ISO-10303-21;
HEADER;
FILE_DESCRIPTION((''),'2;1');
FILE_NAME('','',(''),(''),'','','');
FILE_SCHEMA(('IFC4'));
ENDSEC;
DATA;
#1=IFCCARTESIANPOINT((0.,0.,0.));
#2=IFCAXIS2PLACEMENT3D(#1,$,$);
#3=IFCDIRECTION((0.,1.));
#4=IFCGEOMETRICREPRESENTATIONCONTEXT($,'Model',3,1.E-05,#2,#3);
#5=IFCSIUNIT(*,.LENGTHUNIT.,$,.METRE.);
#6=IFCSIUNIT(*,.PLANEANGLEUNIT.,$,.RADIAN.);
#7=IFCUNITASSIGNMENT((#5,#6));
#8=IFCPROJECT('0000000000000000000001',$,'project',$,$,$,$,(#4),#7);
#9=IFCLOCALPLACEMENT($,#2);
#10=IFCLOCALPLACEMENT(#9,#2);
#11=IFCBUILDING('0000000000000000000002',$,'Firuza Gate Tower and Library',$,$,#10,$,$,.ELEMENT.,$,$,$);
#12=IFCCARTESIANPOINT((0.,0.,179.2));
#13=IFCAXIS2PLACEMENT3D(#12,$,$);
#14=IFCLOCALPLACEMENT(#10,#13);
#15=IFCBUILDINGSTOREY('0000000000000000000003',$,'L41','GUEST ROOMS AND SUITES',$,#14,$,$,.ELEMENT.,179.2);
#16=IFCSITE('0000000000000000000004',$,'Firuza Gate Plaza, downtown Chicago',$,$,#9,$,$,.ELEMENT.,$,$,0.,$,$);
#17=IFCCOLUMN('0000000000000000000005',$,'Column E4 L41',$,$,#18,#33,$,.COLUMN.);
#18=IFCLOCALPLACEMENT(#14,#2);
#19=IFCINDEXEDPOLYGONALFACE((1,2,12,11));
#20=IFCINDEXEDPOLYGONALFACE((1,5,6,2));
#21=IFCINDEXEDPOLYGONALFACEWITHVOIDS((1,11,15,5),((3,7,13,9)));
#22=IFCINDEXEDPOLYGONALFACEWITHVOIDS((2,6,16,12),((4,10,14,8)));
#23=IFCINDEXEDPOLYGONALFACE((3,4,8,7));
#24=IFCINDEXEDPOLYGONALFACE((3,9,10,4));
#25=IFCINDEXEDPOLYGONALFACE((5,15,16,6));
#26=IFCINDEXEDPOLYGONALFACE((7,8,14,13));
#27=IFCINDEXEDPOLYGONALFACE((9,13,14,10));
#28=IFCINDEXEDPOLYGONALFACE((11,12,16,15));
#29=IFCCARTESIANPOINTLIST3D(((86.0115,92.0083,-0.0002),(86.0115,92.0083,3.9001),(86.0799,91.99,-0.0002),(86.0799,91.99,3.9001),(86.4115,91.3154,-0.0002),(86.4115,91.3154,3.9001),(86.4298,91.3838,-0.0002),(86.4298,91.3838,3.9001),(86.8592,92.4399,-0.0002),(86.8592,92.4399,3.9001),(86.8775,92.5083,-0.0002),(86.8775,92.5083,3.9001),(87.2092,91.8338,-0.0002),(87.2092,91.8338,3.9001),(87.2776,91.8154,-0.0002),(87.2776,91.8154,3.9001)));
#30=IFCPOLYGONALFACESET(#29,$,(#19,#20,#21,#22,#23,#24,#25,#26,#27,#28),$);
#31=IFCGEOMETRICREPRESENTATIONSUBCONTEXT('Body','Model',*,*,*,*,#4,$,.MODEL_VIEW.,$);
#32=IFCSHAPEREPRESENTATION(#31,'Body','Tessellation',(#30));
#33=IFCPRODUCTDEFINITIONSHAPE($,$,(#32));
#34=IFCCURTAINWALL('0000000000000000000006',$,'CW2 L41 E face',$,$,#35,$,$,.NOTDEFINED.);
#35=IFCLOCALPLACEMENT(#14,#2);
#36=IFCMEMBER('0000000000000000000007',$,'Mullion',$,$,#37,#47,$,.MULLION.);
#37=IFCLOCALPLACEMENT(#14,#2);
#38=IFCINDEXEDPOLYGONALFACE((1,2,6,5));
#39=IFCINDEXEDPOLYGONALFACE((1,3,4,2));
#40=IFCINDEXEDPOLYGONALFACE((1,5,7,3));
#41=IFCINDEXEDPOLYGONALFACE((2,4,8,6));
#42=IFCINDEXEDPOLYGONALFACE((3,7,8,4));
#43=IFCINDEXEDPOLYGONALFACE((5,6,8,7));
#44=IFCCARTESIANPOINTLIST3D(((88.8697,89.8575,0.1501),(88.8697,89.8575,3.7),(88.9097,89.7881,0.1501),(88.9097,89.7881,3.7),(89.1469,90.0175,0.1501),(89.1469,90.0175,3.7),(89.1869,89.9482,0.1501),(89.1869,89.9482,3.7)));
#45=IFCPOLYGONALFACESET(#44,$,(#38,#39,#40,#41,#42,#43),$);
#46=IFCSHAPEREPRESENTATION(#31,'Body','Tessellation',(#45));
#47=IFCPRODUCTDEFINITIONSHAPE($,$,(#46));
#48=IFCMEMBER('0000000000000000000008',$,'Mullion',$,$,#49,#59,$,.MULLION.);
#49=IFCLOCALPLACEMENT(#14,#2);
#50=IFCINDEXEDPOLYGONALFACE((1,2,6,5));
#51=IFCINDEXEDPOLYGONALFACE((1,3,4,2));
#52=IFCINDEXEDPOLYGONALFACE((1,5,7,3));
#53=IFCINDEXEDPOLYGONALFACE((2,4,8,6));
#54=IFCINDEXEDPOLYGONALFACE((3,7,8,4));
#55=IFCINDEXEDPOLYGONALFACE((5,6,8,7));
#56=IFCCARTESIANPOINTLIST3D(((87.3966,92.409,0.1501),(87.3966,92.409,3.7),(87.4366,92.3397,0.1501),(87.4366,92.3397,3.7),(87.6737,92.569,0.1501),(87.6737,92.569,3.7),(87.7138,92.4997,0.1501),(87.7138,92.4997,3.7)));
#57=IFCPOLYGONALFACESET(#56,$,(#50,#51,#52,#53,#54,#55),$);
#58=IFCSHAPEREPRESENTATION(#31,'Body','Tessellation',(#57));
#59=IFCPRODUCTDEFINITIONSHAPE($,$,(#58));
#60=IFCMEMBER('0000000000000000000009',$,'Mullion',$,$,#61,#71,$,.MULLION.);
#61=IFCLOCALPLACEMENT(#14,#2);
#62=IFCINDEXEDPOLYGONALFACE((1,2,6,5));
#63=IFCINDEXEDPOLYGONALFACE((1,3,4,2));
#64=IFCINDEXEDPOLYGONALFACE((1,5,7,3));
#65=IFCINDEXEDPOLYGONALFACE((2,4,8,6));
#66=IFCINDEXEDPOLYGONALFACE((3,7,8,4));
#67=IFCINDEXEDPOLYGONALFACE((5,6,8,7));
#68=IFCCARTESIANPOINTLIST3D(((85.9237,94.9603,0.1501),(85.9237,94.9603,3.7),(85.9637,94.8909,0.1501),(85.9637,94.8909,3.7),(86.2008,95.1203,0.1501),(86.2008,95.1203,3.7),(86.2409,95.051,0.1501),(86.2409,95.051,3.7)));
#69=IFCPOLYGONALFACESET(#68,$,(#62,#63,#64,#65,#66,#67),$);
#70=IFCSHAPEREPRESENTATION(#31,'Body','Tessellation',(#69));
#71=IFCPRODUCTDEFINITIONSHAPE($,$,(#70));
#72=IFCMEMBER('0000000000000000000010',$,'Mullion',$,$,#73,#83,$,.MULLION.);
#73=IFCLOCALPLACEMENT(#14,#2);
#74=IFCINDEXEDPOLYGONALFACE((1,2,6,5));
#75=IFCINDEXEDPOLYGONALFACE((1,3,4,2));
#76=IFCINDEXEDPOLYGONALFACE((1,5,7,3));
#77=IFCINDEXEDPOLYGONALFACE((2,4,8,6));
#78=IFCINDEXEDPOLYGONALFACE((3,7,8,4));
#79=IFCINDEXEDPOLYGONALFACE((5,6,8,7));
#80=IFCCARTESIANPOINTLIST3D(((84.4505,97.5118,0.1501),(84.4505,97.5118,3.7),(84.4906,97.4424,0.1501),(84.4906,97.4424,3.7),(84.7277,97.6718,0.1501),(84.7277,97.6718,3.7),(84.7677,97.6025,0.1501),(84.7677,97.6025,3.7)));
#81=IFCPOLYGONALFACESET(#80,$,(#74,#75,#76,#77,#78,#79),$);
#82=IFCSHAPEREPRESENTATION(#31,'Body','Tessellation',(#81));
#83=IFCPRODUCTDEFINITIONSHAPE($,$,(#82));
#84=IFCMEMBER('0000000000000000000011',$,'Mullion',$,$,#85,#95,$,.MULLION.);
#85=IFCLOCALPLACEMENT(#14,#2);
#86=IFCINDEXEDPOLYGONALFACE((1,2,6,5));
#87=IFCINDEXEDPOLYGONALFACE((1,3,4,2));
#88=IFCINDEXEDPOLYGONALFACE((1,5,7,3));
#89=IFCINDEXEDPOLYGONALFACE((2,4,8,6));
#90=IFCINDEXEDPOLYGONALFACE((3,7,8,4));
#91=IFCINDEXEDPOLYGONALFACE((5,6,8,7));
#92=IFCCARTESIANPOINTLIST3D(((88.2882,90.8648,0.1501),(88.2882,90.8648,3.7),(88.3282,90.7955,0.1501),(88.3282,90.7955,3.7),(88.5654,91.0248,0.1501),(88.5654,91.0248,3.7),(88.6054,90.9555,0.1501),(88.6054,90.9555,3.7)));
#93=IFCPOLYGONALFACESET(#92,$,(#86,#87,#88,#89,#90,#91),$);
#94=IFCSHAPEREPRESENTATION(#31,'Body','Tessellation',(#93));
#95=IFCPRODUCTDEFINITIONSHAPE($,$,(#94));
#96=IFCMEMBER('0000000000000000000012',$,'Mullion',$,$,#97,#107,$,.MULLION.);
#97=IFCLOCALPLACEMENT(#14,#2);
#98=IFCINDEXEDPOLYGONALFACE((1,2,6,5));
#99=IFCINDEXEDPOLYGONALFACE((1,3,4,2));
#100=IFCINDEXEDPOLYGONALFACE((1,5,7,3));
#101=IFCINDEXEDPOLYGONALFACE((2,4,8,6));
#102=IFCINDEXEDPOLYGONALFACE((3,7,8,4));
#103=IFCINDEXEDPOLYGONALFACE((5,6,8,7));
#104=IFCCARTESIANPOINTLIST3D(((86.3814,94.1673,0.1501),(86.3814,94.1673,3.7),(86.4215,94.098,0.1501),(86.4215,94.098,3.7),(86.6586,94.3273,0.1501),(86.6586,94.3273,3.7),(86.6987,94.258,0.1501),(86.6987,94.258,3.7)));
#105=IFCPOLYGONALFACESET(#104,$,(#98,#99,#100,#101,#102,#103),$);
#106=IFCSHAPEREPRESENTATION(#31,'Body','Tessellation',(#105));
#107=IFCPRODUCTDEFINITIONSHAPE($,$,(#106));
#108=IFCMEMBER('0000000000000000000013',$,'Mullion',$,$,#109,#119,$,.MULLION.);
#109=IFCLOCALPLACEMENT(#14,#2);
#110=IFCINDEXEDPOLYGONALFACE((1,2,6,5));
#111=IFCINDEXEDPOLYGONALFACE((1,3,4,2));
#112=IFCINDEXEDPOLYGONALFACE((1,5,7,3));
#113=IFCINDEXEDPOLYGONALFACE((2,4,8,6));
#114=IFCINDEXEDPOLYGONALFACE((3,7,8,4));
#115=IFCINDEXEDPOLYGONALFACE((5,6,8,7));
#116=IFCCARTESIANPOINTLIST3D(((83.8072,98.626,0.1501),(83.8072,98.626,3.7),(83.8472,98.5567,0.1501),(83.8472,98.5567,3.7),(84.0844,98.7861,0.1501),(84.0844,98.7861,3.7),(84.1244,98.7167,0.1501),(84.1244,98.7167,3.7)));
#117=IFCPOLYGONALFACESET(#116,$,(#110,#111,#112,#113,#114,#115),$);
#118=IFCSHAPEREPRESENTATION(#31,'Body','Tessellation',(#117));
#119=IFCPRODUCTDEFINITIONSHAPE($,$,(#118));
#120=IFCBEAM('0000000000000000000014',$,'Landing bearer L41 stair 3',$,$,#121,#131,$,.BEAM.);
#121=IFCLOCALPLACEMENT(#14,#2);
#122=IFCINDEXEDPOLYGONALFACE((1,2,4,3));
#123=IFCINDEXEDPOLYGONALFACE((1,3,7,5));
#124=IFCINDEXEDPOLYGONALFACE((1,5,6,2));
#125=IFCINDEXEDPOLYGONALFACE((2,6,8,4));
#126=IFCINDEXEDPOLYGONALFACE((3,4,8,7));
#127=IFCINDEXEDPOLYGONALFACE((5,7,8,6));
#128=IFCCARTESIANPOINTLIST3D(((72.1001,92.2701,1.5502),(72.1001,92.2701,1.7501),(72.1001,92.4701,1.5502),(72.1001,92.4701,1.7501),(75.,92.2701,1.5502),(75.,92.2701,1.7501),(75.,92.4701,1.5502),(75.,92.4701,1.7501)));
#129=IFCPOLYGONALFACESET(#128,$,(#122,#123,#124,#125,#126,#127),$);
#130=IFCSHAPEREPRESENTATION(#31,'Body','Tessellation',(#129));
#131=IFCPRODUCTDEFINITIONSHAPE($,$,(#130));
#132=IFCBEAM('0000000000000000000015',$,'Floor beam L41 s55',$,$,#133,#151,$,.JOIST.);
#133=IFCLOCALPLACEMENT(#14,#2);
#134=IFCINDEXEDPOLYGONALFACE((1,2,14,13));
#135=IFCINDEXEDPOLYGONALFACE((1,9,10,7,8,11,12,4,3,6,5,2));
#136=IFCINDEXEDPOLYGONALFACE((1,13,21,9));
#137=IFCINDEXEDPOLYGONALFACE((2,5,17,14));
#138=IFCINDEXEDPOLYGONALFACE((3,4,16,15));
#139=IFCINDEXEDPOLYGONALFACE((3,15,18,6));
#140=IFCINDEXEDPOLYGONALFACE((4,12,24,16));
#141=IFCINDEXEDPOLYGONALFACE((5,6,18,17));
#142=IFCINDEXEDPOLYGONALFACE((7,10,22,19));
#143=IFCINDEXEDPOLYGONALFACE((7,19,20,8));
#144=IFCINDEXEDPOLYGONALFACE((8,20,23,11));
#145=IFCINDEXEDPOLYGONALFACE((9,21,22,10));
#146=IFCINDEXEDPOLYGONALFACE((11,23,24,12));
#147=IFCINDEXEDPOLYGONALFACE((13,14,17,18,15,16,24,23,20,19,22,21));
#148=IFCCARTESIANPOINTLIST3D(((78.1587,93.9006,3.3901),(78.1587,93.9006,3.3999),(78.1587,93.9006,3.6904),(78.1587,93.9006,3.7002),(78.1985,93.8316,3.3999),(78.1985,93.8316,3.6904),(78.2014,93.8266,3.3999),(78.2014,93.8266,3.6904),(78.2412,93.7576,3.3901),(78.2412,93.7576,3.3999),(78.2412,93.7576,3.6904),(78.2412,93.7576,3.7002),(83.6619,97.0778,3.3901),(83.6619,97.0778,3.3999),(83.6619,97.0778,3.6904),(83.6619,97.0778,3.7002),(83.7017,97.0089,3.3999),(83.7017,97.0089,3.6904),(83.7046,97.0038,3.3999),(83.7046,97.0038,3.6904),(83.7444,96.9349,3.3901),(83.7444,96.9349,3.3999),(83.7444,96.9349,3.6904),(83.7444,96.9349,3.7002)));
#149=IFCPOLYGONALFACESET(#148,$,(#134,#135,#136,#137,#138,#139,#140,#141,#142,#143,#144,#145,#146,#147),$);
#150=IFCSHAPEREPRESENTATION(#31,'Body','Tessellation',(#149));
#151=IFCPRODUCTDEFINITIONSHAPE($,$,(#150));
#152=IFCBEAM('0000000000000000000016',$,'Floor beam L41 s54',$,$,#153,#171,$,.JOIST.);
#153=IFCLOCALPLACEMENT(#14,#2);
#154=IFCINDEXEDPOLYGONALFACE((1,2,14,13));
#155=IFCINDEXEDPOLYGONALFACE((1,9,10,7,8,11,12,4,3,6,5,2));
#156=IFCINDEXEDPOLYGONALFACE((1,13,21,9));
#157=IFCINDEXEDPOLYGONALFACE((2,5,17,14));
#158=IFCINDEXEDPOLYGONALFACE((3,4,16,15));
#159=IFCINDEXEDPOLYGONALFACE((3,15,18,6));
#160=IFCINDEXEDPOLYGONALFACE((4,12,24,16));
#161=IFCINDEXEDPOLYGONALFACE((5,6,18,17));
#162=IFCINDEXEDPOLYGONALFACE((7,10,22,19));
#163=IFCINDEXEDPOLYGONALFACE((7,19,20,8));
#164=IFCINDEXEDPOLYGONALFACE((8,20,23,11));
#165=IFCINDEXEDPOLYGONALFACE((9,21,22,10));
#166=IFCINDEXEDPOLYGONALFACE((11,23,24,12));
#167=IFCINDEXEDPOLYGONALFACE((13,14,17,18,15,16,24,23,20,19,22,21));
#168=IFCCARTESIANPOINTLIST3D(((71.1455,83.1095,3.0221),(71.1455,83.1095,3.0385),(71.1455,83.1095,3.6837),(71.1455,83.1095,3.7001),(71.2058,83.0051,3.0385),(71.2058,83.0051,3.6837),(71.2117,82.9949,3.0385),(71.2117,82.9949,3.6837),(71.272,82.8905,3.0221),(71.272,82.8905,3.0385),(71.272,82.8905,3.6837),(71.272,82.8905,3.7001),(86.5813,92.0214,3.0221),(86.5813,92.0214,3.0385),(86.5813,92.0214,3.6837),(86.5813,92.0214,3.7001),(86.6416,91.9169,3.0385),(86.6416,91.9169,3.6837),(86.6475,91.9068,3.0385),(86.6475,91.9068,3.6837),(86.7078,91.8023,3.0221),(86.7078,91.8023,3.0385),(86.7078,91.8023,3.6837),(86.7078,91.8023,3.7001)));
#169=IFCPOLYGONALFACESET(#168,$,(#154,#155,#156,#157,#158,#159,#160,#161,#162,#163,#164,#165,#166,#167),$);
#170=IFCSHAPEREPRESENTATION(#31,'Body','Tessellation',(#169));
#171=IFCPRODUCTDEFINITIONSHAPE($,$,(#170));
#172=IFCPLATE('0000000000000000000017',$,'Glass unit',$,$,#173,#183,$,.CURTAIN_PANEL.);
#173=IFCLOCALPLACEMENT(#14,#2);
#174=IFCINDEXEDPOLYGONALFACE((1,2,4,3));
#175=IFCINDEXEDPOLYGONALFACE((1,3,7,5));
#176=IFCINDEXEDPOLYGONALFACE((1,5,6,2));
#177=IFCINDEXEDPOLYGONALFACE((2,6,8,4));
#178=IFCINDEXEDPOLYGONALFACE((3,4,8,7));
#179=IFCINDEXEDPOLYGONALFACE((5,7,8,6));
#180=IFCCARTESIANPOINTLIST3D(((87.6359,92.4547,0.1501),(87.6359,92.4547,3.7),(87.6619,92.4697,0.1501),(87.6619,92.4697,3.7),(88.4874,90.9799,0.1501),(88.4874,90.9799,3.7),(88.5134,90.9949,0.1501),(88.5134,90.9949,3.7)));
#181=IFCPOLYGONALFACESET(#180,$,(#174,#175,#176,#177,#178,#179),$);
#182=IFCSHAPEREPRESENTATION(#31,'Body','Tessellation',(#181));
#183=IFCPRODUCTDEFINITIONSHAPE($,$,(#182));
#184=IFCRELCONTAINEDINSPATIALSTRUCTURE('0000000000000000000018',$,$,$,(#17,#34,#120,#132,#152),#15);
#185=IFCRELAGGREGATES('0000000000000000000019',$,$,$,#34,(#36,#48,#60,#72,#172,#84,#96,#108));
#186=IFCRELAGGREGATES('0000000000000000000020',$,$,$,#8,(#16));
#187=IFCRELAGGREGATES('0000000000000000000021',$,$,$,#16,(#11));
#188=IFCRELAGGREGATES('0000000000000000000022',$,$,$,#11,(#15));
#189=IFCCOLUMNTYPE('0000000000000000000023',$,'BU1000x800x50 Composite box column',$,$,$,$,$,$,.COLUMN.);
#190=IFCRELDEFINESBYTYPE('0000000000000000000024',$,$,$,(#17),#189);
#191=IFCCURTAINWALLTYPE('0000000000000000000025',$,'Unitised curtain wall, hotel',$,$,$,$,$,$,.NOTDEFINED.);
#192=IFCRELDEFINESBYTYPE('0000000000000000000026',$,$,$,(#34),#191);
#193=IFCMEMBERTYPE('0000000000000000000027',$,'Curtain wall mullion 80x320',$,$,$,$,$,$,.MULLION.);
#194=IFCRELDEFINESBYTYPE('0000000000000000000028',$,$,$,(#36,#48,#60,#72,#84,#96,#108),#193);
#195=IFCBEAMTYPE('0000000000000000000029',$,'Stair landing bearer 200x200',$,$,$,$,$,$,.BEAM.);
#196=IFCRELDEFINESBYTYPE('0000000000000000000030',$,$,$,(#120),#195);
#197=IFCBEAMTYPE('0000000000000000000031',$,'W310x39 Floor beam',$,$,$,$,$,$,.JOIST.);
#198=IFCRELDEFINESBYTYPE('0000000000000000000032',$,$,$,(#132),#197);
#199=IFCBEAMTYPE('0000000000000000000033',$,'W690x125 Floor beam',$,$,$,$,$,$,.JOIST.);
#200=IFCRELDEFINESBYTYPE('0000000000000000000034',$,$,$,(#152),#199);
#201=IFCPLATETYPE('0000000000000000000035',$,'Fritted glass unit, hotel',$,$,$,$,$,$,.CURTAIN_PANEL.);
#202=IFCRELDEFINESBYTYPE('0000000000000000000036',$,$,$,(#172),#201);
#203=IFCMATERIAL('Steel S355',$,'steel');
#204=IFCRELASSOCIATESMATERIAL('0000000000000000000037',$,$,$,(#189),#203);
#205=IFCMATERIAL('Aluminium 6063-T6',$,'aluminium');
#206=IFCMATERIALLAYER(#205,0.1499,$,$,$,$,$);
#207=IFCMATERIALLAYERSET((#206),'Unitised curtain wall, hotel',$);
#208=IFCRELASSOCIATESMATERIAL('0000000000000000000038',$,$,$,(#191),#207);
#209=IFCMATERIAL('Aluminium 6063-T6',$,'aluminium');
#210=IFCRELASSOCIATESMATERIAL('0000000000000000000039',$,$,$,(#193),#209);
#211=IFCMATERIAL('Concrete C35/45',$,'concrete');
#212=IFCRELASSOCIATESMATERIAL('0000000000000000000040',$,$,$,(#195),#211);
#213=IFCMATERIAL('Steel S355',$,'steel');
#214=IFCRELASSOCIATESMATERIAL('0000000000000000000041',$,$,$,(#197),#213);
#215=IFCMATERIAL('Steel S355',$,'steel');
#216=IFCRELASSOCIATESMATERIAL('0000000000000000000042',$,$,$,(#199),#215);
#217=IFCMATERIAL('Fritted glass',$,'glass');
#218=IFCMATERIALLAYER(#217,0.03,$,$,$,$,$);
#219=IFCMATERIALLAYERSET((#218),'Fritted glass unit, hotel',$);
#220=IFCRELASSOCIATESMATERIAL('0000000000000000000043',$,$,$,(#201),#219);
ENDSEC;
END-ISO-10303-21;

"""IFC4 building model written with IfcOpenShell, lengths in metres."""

from ifc_helpers import new_model, si_unit, direction, frame, origin, origin_2d, place, context, subcontext, project, spatial, polyline, rectangle, hollow_rectangle, i_section, outline, extrude, material, layer, layer_set, material_profile, profile_set, type_object, element, aggregate, save


model = new_model("IFC4")

# Units and contexts
model_context = context("Model", 3, precision=1e-05, world=origin(), true_north=direction((0.0, 1.0)))
body_context = subcontext(model_context, "Body", "Model", "MODEL_VIEW")
ifc_project = project(units=[si_unit("LENGTHUNIT", "METRE"), si_unit("PLANEANGLEUNIT", "RADIAN")], contexts=[model_context])

# Site, building, storey
site_placement = place(None, origin())
site = spatial("IfcSite", under=ifc_project, at=site_placement, Name="Firuza Gate Plaza, downtown Chicago", CompositionType="ELEMENT", RefElevation=0.0)
building_placement = place(site_placement, origin())
building = spatial("IfcBuilding", under=site, at=building_placement, Name="Firuza Gate Tower and Library", CompositionType="ELEMENT")
storey_placement = place(building_placement, frame((0.0, 0.0, 179.2)))
storey = spatial("IfcBuildingStorey", under=building, at=storey_placement, Name="L41", Description="GUEST ROOMS AND SUITES", CompositionType="ELEMENT", Elevation=179.2)

# Column
ifc_material_1 = material(Name="Steel S355", Category="steel")
ifc_material_profile_1 = material_profile(ifc_material_1, hollow_rectangle(XDim=0.8, YDim=1.0, WallThickness=0.05, at=origin_2d()))
ifc_profile_set_1 = profile_set([ifc_material_profile_1], Name="Steel S355")
column_type = type_object("IfcColumnType", Name="BU1000x800x50 Composite box column", PredefinedType="COLUMN", material=ifc_profile_set_1)
column_placement = place(storey_placement, frame((86.6445, 91.9119, -0.0002), z_axis=(0.0, 0.0, 1.0), x_axis=(-0.5, 0.866025, 0.0)))
element("IfcColumn", 1, at=column_placement, inside=storey, type_object=column_type, Name="Column E4 L41", PredefinedType="COLUMN", context=body_context, shape_type="SweptSolid", body=[
    extrude(hollow_rectangle(XDim=0.8, YDim=1.0, WallThickness=0.05, at=origin_2d()), origin(), (0.0, 0.0, 1.0), 3.9004),
])

# Curtain wall, members
ifc_material_2 = material(Name="Aluminium 6063-T6", Category="aluminium")
ifc_layer_1 = layer(ifc_material_2, 0.1499)
ifc_layer_set_1 = layer_set([ifc_layer_1], Name="Unitised curtain wall, hotel")
curtain_wall_type = type_object("IfcCurtainWallType", Name="Unitised curtain wall, hotel", PredefinedType="NOTDEFINED", material=ifc_layer_set_1)
curtain_wall_placement = place(storey_placement, origin())
curtain_wall = element("IfcCurtainWall", 2, at=curtain_wall_placement, inside=storey, type_object=curtain_wall_type, Name="CW2 L41 E face", PredefinedType="NOTDEFINED")
ifc_material_3 = material(Name="Aluminium 6063-T6", Category="aluminium")
ifc_material_profile_2 = material_profile(ifc_material_3, rectangle(XDim=0.3201, YDim=0.0801, at=origin_2d()))
ifc_profile_set_2 = profile_set([ifc_material_profile_2], Name="Aluminium 6063-T6")
member_type = type_object("IfcMemberType", Name="Curtain wall mullion 80x320", PredefinedType="MULLION", material=ifc_profile_set_2)
member_1_placement = place(storey_placement, frame((89.0283, 89.9028, 0.1501), z_axis=(0.0, 0.0, 1.0), x_axis=(-0.866025, -0.5, 0.0)))
member_1 = element("IfcMember", 3, at=member_1_placement, type_object=member_type, Name="Mullion", PredefinedType="MULLION", context=body_context, shape_type="SweptSolid", body=[
    extrude(rectangle(XDim=0.3201, YDim=0.0801, at=origin_2d()), origin(), (0.0, 0.0, 1.0), 3.5498),
])
member_2_placement = place(storey_placement, frame((87.5552, 92.4543, 0.1501), z_axis=(0.0, 0.0, 1.0), x_axis=(-0.866025, -0.5, 0.0)))
member_2 = element("IfcMember", 4, at=member_2_placement, type_object=member_type, Name="Mullion", PredefinedType="MULLION", context=body_context, shape_type="SweptSolid", body=[
    extrude(rectangle(XDim=0.3201, YDim=0.0801, at=origin_2d()), origin(), (0.0, 0.0, 1.0), 3.5498),
])
member_3_placement = place(storey_placement, frame((86.0823, 95.0056, 0.1501), z_axis=(0.0, 0.0, 1.0), x_axis=(-0.866025, -0.5, 0.0)))
member_3 = element("IfcMember", 5, at=member_3_placement, type_object=member_type, Name="Mullion", PredefinedType="MULLION", context=body_context, shape_type="SweptSolid", body=[
    extrude(rectangle(XDim=0.3201, YDim=0.0801, at=origin_2d()), origin(), (0.0, 0.0, 1.0), 3.5498),
])
member_4_placement = place(storey_placement, frame((84.6091, 97.5571, 0.1501), z_axis=(0.0, 0.0, 1.0), x_axis=(-0.866025, -0.5, 0.0)))
member_4 = element("IfcMember", 6, at=member_4_placement, type_object=member_type, Name="Mullion", PredefinedType="MULLION", context=body_context, shape_type="SweptSolid", body=[
    extrude(rectangle(XDim=0.3201, YDim=0.0801, at=origin_2d()), origin(), (0.0, 0.0, 1.0), 3.5498),
])
member_5_placement = place(storey_placement, frame((88.4468, 90.9102, 0.1501), z_axis=(0.0, 0.0, 1.0), x_axis=(-0.866025, -0.5, 0.0)))
member_5 = element("IfcMember", 7, at=member_5_placement, type_object=member_type, Name="Mullion", PredefinedType="MULLION", context=body_context, shape_type="SweptSolid", body=[
    extrude(rectangle(XDim=0.3201, YDim=0.0801, at=origin_2d()), origin(), (0.0, 0.0, 1.0), 3.5498),
])
member_6_placement = place(storey_placement, frame((86.54, 94.2126, 0.1501), z_axis=(0.0, 0.0, 1.0), x_axis=(-0.866025, -0.5, 0.0)))
member_6 = element("IfcMember", 8, at=member_6_placement, type_object=member_type, Name="Mullion", PredefinedType="MULLION", context=body_context, shape_type="SweptSolid", body=[
    extrude(rectangle(XDim=0.3201, YDim=0.0801, at=origin_2d()), origin(), (0.0, 0.0, 1.0), 3.5498),
])
member_7_placement = place(storey_placement, frame((83.9658, 98.6714, 0.1501), z_axis=(0.0, 0.0, 1.0), x_axis=(-0.866025, -0.5, 0.0)))
member_7 = element("IfcMember", 9, at=member_7_placement, type_object=member_type, Name="Mullion", PredefinedType="MULLION", context=body_context, shape_type="SweptSolid", body=[
    extrude(rectangle(XDim=0.3201, YDim=0.0801, at=origin_2d()), origin(), (0.0, 0.0, 1.0), 3.5498),
])

# Beams
ifc_material_4 = material(Name="Concrete C35/45", Category="concrete")
ifc_material_profile_3 = material_profile(ifc_material_4, rectangle(XDim=0.2, YDim=0.2, at=origin_2d()))
ifc_profile_set_3 = profile_set([ifc_material_profile_3], Name="Concrete C35/45")
beam_type_1 = type_object("IfcBeamType", Name="Stair landing bearer 200x200", PredefinedType="BEAM", material=ifc_profile_set_3)
beam_1_placement = place(storey_placement, frame((75.0, 92.3701, 1.6501), z_axis=(-1.0, 0.0, 0.0), x_axis=(0.0, -1.0, 0.0)))
element("IfcBeam", 10, at=beam_1_placement, inside=storey, type_object=beam_type_1, Name="Landing bearer L41 stair 3", PredefinedType="BEAM", context=body_context, shape_type="SweptSolid", body=[
    extrude(rectangle(XDim=0.2, YDim=0.2, at=origin_2d()), origin(), (0.0, 0.0, 1.0), 2.8999),
])
ifc_material_5 = material(Name="Steel S355", Category="steel")
ifc_material_profile_4 = material_profile(ifc_material_5, i_section(OverallWidth=0.165, OverallDepth=0.3101, WebThickness=0.0059, FlangeThickness=0.0098, at=origin_2d()))
ifc_profile_set_4 = profile_set([ifc_material_profile_4], Name="Steel S355")
beam_type_2 = type_object("IfcBeamType", Name="W310x39 Floor beam", PredefinedType="JOIST", material=ifc_profile_set_4)
beam_2_placement = place(storey_placement, frame((83.7031, 97.0063, 3.5452), z_axis=(-0.866026, -0.499998, 0.0), x_axis=(0.499998, -0.866026, 0.0)))
element("IfcBeam", 11, at=beam_2_placement, inside=storey, type_object=beam_type_2, Name="Floor beam L41 s55", PredefinedType="JOIST", context=body_context, shape_type="SweptSolid", body=[
    extrude(i_section(OverallWidth=0.165, OverallDepth=0.3101, WebThickness=0.0059, FlangeThickness=0.0098, at=origin_2d()), origin(), (0.0, 0.0, 1.0), 6.3545),
])
ifc_material_6 = material(Name="Steel S355", Category="steel")
ifc_material_profile_5 = material_profile(ifc_material_6, i_section(OverallWidth=0.2529, OverallDepth=0.678, WebThickness=0.0117, FlangeThickness=0.0164, at=origin_2d()))
ifc_profile_set_5 = profile_set([ifc_material_profile_5], Name="Steel S355")
beam_type_3 = type_object("IfcBeamType", Name="W690x125 Floor beam", PredefinedType="JOIST", material=ifc_profile_set_5)
beam_3_placement = place(storey_placement, frame((86.6445, 91.9119, 3.3611), z_axis=(-0.866025, -0.5, 0.0), x_axis=(0.5, -0.866025, 0.0)))
element("IfcBeam", 12, at=beam_3_placement, inside=storey, type_object=beam_type_3, Name="Floor beam L41 s54", PredefinedType="JOIST", context=body_context, shape_type="SweptSolid", body=[
    extrude(i_section(OverallWidth=0.2529, OverallDepth=0.678, WebThickness=0.0117, FlangeThickness=0.0164, at=origin_2d()), origin(), (0.0, 0.0, 1.0), 17.8237),
])

# Plate
ifc_material_7 = material(Name="Fritted glass", Category="glass")
ifc_layer_2 = layer(ifc_material_7, 0.03)
ifc_layer_set_2 = layer_set([ifc_layer_2], Name="Fritted glass unit, hotel")
plate_type_1 = type_object("IfcPlateType", Name="Fritted glass unit, hotel", PredefinedType="CURTAIN_PANEL", material=ifc_layer_set_2)
plate_1_placement = place(storey_placement, frame((88.5134, 90.9949, 0.1501), z_axis=(0.866011, 0.500024, 0.0), x_axis=(-0.500024, 0.866011, 0.0)))
plate_1 = element("IfcPlate", 13, at=plate_1_placement, type_object=plate_type_1, Name="Glass unit", PredefinedType="CURTAIN_PANEL", context=body_context, shape_type="SweptSolid", body=[
    extrude(outline(polyline([(0.0, 0.0), (1.703, 0.0), (1.703, 3.5498), (0.0, 3.5498), (0.0, 0.0)])), origin(), (0.0, 0.0, -1.0), 0.03),
])
aggregate(curtain_wall, [member_1, member_2, member_3, member_4, plate_1, member_5, member_6, member_7])

save(model, "model.ifc")
